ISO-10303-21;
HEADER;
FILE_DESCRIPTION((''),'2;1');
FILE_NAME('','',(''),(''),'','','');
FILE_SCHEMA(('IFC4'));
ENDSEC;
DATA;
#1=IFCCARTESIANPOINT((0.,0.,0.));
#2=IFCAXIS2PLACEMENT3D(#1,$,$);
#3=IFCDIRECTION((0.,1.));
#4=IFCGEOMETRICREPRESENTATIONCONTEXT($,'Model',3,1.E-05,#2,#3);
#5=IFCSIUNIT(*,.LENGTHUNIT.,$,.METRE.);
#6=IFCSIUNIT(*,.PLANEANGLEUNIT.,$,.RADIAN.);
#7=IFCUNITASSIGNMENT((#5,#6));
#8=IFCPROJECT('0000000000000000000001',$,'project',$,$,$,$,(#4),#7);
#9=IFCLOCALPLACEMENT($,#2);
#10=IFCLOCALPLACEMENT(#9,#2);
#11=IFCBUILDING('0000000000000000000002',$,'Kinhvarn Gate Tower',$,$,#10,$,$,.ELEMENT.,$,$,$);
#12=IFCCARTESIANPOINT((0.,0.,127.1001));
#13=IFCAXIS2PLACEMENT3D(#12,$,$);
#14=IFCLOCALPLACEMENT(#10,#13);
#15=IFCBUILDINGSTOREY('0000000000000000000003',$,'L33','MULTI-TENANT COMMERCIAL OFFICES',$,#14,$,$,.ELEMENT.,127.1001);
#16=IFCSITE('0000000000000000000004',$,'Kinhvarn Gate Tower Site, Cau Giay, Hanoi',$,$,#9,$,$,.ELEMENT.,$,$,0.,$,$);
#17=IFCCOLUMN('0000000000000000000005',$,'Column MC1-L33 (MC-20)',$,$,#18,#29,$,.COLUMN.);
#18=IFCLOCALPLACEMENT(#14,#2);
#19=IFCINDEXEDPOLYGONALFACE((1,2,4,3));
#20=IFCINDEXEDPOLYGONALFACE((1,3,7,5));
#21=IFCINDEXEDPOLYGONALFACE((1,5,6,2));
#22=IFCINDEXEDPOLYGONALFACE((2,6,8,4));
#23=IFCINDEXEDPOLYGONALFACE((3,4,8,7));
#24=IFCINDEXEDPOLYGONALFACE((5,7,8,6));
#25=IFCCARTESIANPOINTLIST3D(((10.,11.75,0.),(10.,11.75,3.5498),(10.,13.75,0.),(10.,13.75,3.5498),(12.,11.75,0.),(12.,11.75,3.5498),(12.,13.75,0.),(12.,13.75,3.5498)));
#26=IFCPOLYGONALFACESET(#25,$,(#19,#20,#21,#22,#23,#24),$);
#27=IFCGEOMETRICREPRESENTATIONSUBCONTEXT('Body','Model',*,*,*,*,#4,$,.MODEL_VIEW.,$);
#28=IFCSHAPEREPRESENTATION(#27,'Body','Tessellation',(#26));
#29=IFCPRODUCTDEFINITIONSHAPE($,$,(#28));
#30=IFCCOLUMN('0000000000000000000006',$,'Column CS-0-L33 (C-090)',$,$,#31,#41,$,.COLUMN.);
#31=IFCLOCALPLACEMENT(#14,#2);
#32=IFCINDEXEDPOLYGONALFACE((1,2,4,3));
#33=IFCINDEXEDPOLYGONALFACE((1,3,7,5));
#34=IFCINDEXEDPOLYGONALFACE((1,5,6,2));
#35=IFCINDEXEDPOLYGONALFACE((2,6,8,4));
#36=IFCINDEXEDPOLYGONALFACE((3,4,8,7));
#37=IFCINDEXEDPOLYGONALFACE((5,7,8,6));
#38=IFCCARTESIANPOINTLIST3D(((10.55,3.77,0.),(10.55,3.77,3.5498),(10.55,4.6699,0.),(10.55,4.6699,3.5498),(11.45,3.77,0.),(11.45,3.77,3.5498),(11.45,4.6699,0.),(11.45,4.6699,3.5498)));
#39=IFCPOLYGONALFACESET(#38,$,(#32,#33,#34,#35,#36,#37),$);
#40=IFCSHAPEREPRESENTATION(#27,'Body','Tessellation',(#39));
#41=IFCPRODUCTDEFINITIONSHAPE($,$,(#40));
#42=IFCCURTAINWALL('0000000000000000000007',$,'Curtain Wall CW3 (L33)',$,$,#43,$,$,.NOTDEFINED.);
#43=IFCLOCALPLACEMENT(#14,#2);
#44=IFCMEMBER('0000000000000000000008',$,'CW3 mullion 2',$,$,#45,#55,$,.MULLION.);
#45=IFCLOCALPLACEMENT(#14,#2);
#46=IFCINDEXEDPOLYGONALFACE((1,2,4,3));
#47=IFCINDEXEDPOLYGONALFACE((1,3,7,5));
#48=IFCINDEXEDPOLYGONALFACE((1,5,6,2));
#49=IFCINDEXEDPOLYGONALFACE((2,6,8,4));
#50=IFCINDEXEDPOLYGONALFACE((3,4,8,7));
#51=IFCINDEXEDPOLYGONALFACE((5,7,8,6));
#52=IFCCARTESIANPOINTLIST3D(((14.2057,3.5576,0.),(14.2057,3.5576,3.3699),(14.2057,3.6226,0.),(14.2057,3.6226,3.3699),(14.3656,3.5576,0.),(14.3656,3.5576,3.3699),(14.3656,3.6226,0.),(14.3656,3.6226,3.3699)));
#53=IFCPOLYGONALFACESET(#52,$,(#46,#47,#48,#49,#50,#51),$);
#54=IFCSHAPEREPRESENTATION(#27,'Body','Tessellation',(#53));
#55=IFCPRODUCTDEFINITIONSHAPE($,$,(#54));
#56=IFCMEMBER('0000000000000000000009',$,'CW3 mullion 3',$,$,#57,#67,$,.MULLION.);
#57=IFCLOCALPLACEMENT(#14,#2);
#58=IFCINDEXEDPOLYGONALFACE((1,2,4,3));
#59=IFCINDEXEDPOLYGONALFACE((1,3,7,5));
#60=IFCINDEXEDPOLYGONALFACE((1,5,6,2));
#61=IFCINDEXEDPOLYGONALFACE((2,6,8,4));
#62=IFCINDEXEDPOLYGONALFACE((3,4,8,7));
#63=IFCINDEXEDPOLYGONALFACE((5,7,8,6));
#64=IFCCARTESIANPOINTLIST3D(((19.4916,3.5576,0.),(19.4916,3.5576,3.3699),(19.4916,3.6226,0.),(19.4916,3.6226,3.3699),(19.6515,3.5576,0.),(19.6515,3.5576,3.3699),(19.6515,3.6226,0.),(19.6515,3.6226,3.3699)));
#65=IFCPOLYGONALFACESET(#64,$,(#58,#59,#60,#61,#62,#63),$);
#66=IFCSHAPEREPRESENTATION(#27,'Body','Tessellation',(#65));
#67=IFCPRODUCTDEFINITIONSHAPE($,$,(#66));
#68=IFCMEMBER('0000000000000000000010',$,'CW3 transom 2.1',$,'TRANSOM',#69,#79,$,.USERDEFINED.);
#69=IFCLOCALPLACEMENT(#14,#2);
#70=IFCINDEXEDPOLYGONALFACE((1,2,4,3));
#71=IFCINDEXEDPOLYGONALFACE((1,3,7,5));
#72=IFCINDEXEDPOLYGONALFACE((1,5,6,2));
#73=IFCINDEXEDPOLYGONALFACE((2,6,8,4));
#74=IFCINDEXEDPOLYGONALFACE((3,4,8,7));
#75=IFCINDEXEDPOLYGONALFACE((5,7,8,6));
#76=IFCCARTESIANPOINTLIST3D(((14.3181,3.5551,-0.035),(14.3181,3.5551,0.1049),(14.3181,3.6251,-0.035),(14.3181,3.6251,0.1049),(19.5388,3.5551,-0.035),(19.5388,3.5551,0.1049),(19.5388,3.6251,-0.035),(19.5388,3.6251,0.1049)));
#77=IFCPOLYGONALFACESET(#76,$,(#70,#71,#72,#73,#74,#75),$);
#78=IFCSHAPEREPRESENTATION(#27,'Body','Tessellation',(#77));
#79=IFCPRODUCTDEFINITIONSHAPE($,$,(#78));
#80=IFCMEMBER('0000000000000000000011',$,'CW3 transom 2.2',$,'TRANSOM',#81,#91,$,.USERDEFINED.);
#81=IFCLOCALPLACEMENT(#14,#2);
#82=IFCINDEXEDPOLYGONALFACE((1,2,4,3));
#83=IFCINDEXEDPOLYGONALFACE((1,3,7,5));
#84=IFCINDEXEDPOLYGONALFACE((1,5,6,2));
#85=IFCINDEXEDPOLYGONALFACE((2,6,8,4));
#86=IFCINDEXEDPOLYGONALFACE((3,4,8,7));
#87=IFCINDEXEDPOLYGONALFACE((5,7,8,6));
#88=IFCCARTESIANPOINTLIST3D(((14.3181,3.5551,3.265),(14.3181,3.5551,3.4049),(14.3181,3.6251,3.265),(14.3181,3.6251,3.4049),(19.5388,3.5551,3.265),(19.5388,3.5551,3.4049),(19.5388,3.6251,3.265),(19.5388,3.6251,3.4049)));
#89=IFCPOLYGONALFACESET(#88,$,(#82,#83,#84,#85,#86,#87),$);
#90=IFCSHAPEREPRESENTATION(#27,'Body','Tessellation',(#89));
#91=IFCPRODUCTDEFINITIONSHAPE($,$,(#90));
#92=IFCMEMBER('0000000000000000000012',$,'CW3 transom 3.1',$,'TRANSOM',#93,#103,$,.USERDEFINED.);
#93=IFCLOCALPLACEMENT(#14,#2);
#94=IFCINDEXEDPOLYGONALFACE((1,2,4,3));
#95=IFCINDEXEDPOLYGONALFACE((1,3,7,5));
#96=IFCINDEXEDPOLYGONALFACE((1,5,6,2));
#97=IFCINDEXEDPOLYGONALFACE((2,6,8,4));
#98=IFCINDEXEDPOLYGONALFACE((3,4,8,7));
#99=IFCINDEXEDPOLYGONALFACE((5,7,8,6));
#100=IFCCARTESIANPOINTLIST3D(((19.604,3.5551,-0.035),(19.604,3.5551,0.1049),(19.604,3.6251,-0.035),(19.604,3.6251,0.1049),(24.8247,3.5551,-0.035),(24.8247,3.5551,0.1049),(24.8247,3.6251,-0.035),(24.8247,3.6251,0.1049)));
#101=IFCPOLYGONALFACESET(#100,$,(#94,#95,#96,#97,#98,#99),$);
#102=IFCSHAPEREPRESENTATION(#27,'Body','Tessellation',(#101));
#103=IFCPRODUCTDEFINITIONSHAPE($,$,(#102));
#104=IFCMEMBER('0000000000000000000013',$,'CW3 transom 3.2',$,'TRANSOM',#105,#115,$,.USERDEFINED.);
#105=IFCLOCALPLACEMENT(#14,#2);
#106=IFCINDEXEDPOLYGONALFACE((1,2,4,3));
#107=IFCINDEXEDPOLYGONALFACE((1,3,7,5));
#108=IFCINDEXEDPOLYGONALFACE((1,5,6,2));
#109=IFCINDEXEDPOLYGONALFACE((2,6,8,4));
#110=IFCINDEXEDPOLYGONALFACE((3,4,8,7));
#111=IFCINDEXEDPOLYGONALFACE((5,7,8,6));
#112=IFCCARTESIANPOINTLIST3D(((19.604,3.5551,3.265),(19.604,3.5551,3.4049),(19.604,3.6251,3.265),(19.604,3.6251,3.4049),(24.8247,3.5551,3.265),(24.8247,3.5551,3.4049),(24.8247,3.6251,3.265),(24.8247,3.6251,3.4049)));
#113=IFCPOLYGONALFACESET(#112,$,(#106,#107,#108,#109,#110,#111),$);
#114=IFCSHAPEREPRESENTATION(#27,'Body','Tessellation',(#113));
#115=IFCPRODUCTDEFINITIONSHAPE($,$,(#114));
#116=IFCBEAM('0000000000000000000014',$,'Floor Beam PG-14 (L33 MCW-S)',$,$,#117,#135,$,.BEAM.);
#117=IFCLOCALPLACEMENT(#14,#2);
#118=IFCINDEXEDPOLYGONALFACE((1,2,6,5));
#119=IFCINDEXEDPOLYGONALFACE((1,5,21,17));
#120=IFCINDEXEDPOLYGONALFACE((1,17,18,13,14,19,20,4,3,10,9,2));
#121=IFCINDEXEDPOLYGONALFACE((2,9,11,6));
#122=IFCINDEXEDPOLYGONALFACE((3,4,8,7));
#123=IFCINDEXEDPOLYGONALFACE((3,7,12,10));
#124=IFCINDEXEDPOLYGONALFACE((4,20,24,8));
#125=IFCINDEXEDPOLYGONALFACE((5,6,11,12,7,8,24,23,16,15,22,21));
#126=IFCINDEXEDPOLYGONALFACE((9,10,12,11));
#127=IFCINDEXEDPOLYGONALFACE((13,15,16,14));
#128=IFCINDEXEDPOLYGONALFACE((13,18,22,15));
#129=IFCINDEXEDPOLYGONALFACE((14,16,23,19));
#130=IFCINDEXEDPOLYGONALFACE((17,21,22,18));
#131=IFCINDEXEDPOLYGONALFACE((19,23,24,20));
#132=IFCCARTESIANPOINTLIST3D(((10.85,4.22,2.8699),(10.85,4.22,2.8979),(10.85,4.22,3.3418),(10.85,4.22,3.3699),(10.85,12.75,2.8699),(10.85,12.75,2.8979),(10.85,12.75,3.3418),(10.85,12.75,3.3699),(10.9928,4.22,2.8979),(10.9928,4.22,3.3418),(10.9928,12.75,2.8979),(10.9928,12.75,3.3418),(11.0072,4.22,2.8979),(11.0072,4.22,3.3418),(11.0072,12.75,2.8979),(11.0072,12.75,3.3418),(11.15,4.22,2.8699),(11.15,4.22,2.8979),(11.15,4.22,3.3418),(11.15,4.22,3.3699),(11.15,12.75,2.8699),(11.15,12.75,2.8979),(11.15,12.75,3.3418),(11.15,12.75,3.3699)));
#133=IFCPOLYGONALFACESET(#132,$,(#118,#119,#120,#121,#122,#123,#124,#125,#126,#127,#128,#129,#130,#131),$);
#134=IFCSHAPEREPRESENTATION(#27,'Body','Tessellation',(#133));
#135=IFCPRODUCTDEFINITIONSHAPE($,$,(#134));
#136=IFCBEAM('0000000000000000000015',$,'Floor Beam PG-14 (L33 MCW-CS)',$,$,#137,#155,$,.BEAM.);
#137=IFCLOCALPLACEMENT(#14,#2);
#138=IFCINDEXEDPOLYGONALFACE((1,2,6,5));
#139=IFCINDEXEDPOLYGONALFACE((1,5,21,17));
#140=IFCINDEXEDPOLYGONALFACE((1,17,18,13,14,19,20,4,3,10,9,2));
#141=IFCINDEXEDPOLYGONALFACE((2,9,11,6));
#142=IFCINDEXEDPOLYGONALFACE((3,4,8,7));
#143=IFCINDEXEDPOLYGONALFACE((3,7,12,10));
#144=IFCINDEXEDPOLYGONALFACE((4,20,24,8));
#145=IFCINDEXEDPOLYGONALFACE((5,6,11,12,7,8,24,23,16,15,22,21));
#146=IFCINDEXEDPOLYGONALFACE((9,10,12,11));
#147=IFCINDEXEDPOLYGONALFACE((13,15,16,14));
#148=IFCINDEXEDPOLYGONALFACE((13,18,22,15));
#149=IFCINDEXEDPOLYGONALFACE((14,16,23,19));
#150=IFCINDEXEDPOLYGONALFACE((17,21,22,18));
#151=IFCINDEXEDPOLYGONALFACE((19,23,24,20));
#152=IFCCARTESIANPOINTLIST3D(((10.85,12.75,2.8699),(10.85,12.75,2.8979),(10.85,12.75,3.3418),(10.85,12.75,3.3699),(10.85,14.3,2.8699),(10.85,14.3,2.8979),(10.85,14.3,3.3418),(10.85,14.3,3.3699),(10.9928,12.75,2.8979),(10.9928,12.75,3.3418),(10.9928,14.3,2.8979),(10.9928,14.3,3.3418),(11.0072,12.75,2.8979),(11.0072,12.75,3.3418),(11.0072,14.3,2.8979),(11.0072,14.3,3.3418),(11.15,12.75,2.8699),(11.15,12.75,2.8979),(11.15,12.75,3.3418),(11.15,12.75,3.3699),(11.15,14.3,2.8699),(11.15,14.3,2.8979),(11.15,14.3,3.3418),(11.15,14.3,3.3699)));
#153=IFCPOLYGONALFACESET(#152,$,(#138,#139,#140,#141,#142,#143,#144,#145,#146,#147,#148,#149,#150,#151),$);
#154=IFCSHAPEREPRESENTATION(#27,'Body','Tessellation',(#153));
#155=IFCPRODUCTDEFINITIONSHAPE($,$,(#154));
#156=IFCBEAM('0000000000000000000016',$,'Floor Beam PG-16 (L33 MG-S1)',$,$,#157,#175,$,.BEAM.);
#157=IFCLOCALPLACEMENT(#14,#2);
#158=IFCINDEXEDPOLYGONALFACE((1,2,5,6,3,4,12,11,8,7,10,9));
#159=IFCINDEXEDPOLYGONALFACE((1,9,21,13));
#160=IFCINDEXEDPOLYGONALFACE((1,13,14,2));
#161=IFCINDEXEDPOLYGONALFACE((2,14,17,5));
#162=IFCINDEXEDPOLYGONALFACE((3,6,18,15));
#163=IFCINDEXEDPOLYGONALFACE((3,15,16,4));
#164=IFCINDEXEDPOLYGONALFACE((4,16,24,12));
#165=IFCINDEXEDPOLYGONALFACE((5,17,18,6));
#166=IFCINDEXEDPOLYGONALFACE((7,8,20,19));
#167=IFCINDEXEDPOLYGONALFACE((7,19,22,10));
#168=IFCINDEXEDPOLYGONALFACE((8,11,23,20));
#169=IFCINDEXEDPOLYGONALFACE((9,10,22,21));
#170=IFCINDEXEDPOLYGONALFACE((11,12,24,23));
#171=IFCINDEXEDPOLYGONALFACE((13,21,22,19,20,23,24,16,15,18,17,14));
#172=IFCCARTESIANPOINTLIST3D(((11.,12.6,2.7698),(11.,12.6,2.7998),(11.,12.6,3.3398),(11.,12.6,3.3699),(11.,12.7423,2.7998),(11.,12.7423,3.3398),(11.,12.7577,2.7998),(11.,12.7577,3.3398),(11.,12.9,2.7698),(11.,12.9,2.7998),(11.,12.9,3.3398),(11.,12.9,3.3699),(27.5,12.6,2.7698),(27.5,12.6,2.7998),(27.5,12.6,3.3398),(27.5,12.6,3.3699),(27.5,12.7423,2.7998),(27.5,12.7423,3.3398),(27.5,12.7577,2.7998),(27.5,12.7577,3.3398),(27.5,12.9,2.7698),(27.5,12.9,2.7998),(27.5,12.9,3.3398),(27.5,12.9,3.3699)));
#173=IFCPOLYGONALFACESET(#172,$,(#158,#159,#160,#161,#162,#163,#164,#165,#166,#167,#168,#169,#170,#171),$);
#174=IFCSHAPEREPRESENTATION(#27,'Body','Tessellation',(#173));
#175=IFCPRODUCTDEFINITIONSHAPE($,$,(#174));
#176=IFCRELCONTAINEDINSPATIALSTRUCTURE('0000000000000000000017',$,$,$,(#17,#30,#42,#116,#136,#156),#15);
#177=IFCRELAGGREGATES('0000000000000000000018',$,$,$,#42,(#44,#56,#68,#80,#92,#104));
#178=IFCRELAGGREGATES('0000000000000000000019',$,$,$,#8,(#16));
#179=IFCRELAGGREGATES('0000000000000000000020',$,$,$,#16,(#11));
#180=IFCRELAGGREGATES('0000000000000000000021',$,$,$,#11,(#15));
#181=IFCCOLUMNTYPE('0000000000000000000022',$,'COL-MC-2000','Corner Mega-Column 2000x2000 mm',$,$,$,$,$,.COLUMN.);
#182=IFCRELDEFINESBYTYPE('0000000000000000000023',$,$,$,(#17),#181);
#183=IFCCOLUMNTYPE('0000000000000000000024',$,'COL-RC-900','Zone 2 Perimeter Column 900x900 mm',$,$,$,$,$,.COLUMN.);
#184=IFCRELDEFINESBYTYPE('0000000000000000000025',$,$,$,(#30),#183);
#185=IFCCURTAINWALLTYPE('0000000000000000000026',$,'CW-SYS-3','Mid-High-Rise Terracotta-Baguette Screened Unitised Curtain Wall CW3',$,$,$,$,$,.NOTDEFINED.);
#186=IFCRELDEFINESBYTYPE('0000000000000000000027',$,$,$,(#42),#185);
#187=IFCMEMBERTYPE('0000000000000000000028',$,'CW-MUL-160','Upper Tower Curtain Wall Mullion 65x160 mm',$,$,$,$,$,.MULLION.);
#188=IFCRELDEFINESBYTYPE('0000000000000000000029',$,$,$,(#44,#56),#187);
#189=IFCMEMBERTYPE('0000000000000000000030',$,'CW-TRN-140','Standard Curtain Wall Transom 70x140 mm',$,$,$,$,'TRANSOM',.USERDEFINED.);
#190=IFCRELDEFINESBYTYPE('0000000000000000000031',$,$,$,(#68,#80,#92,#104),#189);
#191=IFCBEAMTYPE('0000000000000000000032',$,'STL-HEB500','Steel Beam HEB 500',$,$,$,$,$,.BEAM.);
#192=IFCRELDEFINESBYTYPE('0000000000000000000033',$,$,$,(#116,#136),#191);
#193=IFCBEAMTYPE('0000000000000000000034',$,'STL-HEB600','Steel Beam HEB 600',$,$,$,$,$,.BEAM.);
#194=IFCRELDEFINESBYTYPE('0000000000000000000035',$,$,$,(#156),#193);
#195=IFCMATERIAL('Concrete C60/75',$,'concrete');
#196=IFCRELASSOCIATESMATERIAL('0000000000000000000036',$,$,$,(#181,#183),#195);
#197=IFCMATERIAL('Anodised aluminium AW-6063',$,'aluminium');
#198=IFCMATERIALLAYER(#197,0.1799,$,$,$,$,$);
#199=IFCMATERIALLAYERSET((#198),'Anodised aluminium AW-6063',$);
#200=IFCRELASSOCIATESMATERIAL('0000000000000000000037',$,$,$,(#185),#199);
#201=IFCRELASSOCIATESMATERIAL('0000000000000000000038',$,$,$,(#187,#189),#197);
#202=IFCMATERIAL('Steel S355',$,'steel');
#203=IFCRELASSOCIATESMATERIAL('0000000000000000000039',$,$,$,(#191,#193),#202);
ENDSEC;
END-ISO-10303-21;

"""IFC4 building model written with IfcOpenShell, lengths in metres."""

from ifc_helpers import new_model, si_unit, direction, frame, origin, origin_2d, place, context, subcontext, project, spatial, rectangle, i_section, extrude, material, layer, layer_set, material_profile, profile_set, type_object, element, aggregate, save


model = new_model("IFC4")

# Units and contexts
model_context = context("Model", 3, precision=1e-05, world=origin(), true_north=direction((0.0, 1.0)))
body_context = subcontext(model_context, "Body", "Model", "MODEL_VIEW")
ifc_project = project(units=[si_unit("LENGTHUNIT", "METRE"), si_unit("PLANEANGLEUNIT", "RADIAN")], contexts=[model_context])

# Site, building, storey
site_placement = place(None, origin())
site = spatial("IfcSite", under=ifc_project, at=site_placement, Name="Kinhvarn Gate Tower Site, Cau Giay, Hanoi", CompositionType="ELEMENT", RefElevation=0.0)
building_placement = place(site_placement, origin())
building = spatial("IfcBuilding", under=site, at=building_placement, Name="Kinhvarn Gate Tower", CompositionType="ELEMENT")
storey_placement = place(building_placement, frame((0.0, 0.0, 127.1001)))
storey = spatial("IfcBuildingStorey", under=building, at=storey_placement, Name="L33", Description="MULTI-TENANT COMMERCIAL OFFICES", CompositionType="ELEMENT", Elevation=127.1001)

# Columns
ifc_material_1 = material(Name="Concrete C60/75", Category="concrete")
ifc_material_profile_1 = material_profile(ifc_material_1, rectangle(XDim=2.0, YDim=2.0, at=origin_2d()), Name="RC 2000x2000")
ifc_profile_set_1 = profile_set([ifc_material_profile_1], Name="Concrete C60/75")
column_type_1 = type_object("IfcColumnType", Name="COL-MC-2000", Description="Corner Mega-Column 2000x2000 mm", PredefinedType="COLUMN", material=ifc_profile_set_1)
column_1_placement = place(storey_placement, frame((11.0, 12.75, 0.0), z_axis=(0.0, 0.0, 1.0), x_axis=(1.0, 0.0, 0.0)))
element("IfcColumn", 1, at=column_1_placement, inside=storey, type_object=column_type_1, Name="Column MC1-L33 (MC-20)", PredefinedType="COLUMN", context=body_context, shape_type="SweptSolid", body=[
    extrude(rectangle(XDim=2.0, YDim=2.0, at=origin_2d()), origin(), (0.0, 0.0, 1.0), 3.5498),
])
ifc_material_profile_2 = material_profile(ifc_material_1, rectangle(XDim=0.8999, YDim=0.8999, at=origin_2d()), Name="RC 900x900")
ifc_profile_set_2 = profile_set([ifc_material_profile_2], Name="Concrete C60/75")
column_type_2 = type_object("IfcColumnType", Name="COL-RC-900", Description="Zone 2 Perimeter Column 900x900 mm", PredefinedType="COLUMN", material=ifc_profile_set_2)
column_2_placement = place(storey_placement, frame((11.0, 4.22, 0.0), z_axis=(0.0, 0.0, 1.0), x_axis=(1.0, 0.0, 0.0)))
element("IfcColumn", 2, at=column_2_placement, inside=storey, type_object=column_type_2, Name="Column CS-0-L33 (C-090)", PredefinedType="COLUMN", context=body_context, shape_type="SweptSolid", body=[
    extrude(rectangle(XDim=0.8999, YDim=0.8999, at=origin_2d()), origin(), (0.0, 0.0, 1.0), 3.5498),
])

# Curtain wall, members
ifc_material_2 = material(Name="Anodised aluminium AW-6063", Category="aluminium")
ifc_layer_1 = layer(ifc_material_2, 0.1799)
ifc_layer_set_1 = layer_set([ifc_layer_1], Name="Anodised aluminium AW-6063")
curtain_wall_type = type_object("IfcCurtainWallType", Name="CW-SYS-3", Description="Mid-High-Rise Terracotta-Baguette Screened Unitised Curtain Wall CW3", PredefinedType="NOTDEFINED", material=ifc_layer_set_1)
curtain_wall_placement = place(storey_placement, origin())
curtain_wall = element("IfcCurtainWall", 3, at=curtain_wall_placement, inside=storey, type_object=curtain_wall_type, Name="Curtain Wall CW3 (L33)", PredefinedType="NOTDEFINED")
ifc_material_profile_3 = material_profile(ifc_material_2, rectangle(XDim=0.0649, YDim=0.1599, at=origin_2d()), Name="ALU 65x160")
ifc_profile_set_3 = profile_set([ifc_material_profile_3], Name="Anodised aluminium AW-6063")
member_type_1 = type_object("IfcMemberType", Name="CW-MUL-160", Description="Upper Tower Curtain Wall Mullion 65x160 mm", PredefinedType="MULLION", material=ifc_profile_set_3)
member_1_placement = place(storey_placement, frame((14.2856, 3.5901, 0.0), z_axis=(0.0, 0.0, 1.0), x_axis=(0.0, 1.0, 0.0)))
member_1 = element("IfcMember", 4, at=member_1_placement, type_object=member_type_1, Name="CW3 mullion 2", PredefinedType="MULLION", context=body_context, shape_type="SweptSolid", body=[
    extrude(rectangle(XDim=0.0649, YDim=0.1599, at=origin_2d()), origin(), (0.0, 0.0, 1.0), 3.3699),
])
member_2_placement = place(storey_placement, frame((19.5715, 3.5901, 0.0), z_axis=(0.0, 0.0, 1.0), x_axis=(0.0, 1.0, 0.0)))
member_2 = element("IfcMember", 5, at=member_2_placement, type_object=member_type_1, Name="CW3 mullion 3", PredefinedType="MULLION", context=body_context, shape_type="SweptSolid", body=[
    extrude(rectangle(XDim=0.0649, YDim=0.1599, at=origin_2d()), origin(), (0.0, 0.0, 1.0), 3.3699),
])
ifc_material_profile_4 = material_profile(ifc_material_2, rectangle(XDim=0.0701, YDim=0.1399, at=origin_2d()), Name="ALU 70x140")
ifc_profile_set_4 = profile_set([ifc_material_profile_4], Name="Anodised aluminium AW-6063")
member_type_2 = type_object("IfcMemberType", Name="CW-TRN-140", Description="Standard Curtain Wall Transom 70x140 mm", ElementType="TRANSOM", PredefinedType="USERDEFINED", material=ifc_profile_set_4)
member_3_placement = place(storey_placement, frame((14.3181, 3.5901, 0.0349), z_axis=(1.0, 0.0, 0.0), x_axis=(0.0, 1.0, 0.0)))
member_3 = element("IfcMember", 6, at=member_3_placement, type_object=member_type_2, Name="CW3 transom 2.1", ObjectType="TRANSOM", PredefinedType="USERDEFINED", context=body_context, shape_type="SweptSolid", body=[
    extrude(rectangle(XDim=0.0701, YDim=0.1399, at=origin_2d()), origin(), (0.0, 0.0, 1.0), 5.2207),
])
member_4_placement = place(storey_placement, frame((14.3181, 3.5901, 3.335), z_axis=(1.0, 0.0, 0.0), x_axis=(0.0, 1.0, 0.0)))
member_4 = element("IfcMember", 7, at=member_4_placement, type_object=member_type_2, Name="CW3 transom 2.2", ObjectType="TRANSOM", PredefinedType="USERDEFINED", context=body_context, shape_type="SweptSolid", body=[
    extrude(rectangle(XDim=0.0701, YDim=0.1399, at=origin_2d()), origin(), (0.0, 0.0, 1.0), 5.2207),
])
member_5_placement = place(storey_placement, frame((19.604, 3.5901, 0.0349), z_axis=(1.0, 0.0, 0.0), x_axis=(0.0, 1.0, 0.0)))
member_5 = element("IfcMember", 8, at=member_5_placement, type_object=member_type_2, Name="CW3 transom 3.1", ObjectType="TRANSOM", PredefinedType="USERDEFINED", context=body_context, shape_type="SweptSolid", body=[
    extrude(rectangle(XDim=0.0701, YDim=0.1399, at=origin_2d()), origin(), (0.0, 0.0, 1.0), 5.2207),
])
member_6_placement = place(storey_placement, frame((19.604, 3.5901, 3.335), z_axis=(1.0, 0.0, 0.0), x_axis=(0.0, 1.0, 0.0)))
member_6 = element("IfcMember", 9, at=member_6_placement, type_object=member_type_2, Name="CW3 transom 3.2", ObjectType="TRANSOM", PredefinedType="USERDEFINED", context=body_context, shape_type="SweptSolid", body=[
    extrude(rectangle(XDim=0.0701, YDim=0.1399, at=origin_2d()), origin(), (0.0, 0.0, 1.0), 5.2207),
])

# Beams
ifc_material_3 = material(Name="Steel S355", Category="steel")
ifc_material_profile_5 = material_profile(ifc_material_3, i_section(OverallWidth=0.3, OverallDepth=0.5, WebThickness=0.0144, FlangeThickness=0.0281, at=origin_2d()), Name="HEB 500")
ifc_profile_set_5 = profile_set([ifc_material_profile_5], Name="Steel S355")
beam_type_1 = type_object("IfcBeamType", Name="STL-HEB500", Description="Steel Beam HEB 500", PredefinedType="BEAM", material=ifc_profile_set_5)
beam_1_placement = place(storey_placement, frame((11.0, 4.22, 3.1199), z_axis=(0.0, 1.0, 0.0), x_axis=(-1.0, 0.0, 0.0)))
element("IfcBeam", 10, at=beam_1_placement, inside=storey, type_object=beam_type_1, Name="Floor Beam PG-14 (L33 MCW-S)", PredefinedType="BEAM", context=body_context, shape_type="SweptSolid", body=[
    extrude(i_section(OverallWidth=0.3, OverallDepth=0.5, WebThickness=0.0144, FlangeThickness=0.0281, at=origin_2d()), origin(), (0.0, 0.0, 1.0), 8.53),
])
beam_2_placement = place(storey_placement, frame((11.0, 12.75, 3.1199), z_axis=(0.0, 1.0, 0.0), x_axis=(-1.0, 0.0, 0.0)))
element("IfcBeam", 11, at=beam_2_placement, inside=storey, type_object=beam_type_1, Name="Floor Beam PG-14 (L33 MCW-CS)", PredefinedType="BEAM", context=body_context, shape_type="SweptSolid", body=[
    extrude(i_section(OverallWidth=0.3, OverallDepth=0.5, WebThickness=0.0144, FlangeThickness=0.0281, at=origin_2d()), origin(), (0.0, 0.0, 1.0), 1.55),
])
ifc_material_profile_6 = material_profile(ifc_material_3, i_section(OverallWidth=0.3, OverallDepth=0.6001, WebThickness=0.0154, FlangeThickness=0.03, at=origin_2d()), Name="HEB 600")
ifc_profile_set_6 = profile_set([ifc_material_profile_6], Name="Steel S355")
beam_type_2 = type_object("IfcBeamType", Name="STL-HEB600", Description="Steel Beam HEB 600", PredefinedType="BEAM", material=ifc_profile_set_6)
beam_3_placement = place(storey_placement, frame((11.0, 12.75, 3.0698), z_axis=(1.0, 0.0, 0.0), x_axis=(0.0, 1.0, 0.0)))
element("IfcBeam", 12, at=beam_3_placement, inside=storey, type_object=beam_type_2, Name="Floor Beam PG-16 (L33 MG-S1)", PredefinedType="BEAM", context=body_context, shape_type="SweptSolid", body=[
    extrude(i_section(OverallWidth=0.3, OverallDepth=0.6001, WebThickness=0.0154, FlangeThickness=0.03, at=origin_2d()), origin(), (0.0, 0.0, 1.0), 16.5),
])

aggregate(curtain_wall, [member_1, member_2, member_3, member_4, member_5, member_6])

save(model, "model.ifc")
